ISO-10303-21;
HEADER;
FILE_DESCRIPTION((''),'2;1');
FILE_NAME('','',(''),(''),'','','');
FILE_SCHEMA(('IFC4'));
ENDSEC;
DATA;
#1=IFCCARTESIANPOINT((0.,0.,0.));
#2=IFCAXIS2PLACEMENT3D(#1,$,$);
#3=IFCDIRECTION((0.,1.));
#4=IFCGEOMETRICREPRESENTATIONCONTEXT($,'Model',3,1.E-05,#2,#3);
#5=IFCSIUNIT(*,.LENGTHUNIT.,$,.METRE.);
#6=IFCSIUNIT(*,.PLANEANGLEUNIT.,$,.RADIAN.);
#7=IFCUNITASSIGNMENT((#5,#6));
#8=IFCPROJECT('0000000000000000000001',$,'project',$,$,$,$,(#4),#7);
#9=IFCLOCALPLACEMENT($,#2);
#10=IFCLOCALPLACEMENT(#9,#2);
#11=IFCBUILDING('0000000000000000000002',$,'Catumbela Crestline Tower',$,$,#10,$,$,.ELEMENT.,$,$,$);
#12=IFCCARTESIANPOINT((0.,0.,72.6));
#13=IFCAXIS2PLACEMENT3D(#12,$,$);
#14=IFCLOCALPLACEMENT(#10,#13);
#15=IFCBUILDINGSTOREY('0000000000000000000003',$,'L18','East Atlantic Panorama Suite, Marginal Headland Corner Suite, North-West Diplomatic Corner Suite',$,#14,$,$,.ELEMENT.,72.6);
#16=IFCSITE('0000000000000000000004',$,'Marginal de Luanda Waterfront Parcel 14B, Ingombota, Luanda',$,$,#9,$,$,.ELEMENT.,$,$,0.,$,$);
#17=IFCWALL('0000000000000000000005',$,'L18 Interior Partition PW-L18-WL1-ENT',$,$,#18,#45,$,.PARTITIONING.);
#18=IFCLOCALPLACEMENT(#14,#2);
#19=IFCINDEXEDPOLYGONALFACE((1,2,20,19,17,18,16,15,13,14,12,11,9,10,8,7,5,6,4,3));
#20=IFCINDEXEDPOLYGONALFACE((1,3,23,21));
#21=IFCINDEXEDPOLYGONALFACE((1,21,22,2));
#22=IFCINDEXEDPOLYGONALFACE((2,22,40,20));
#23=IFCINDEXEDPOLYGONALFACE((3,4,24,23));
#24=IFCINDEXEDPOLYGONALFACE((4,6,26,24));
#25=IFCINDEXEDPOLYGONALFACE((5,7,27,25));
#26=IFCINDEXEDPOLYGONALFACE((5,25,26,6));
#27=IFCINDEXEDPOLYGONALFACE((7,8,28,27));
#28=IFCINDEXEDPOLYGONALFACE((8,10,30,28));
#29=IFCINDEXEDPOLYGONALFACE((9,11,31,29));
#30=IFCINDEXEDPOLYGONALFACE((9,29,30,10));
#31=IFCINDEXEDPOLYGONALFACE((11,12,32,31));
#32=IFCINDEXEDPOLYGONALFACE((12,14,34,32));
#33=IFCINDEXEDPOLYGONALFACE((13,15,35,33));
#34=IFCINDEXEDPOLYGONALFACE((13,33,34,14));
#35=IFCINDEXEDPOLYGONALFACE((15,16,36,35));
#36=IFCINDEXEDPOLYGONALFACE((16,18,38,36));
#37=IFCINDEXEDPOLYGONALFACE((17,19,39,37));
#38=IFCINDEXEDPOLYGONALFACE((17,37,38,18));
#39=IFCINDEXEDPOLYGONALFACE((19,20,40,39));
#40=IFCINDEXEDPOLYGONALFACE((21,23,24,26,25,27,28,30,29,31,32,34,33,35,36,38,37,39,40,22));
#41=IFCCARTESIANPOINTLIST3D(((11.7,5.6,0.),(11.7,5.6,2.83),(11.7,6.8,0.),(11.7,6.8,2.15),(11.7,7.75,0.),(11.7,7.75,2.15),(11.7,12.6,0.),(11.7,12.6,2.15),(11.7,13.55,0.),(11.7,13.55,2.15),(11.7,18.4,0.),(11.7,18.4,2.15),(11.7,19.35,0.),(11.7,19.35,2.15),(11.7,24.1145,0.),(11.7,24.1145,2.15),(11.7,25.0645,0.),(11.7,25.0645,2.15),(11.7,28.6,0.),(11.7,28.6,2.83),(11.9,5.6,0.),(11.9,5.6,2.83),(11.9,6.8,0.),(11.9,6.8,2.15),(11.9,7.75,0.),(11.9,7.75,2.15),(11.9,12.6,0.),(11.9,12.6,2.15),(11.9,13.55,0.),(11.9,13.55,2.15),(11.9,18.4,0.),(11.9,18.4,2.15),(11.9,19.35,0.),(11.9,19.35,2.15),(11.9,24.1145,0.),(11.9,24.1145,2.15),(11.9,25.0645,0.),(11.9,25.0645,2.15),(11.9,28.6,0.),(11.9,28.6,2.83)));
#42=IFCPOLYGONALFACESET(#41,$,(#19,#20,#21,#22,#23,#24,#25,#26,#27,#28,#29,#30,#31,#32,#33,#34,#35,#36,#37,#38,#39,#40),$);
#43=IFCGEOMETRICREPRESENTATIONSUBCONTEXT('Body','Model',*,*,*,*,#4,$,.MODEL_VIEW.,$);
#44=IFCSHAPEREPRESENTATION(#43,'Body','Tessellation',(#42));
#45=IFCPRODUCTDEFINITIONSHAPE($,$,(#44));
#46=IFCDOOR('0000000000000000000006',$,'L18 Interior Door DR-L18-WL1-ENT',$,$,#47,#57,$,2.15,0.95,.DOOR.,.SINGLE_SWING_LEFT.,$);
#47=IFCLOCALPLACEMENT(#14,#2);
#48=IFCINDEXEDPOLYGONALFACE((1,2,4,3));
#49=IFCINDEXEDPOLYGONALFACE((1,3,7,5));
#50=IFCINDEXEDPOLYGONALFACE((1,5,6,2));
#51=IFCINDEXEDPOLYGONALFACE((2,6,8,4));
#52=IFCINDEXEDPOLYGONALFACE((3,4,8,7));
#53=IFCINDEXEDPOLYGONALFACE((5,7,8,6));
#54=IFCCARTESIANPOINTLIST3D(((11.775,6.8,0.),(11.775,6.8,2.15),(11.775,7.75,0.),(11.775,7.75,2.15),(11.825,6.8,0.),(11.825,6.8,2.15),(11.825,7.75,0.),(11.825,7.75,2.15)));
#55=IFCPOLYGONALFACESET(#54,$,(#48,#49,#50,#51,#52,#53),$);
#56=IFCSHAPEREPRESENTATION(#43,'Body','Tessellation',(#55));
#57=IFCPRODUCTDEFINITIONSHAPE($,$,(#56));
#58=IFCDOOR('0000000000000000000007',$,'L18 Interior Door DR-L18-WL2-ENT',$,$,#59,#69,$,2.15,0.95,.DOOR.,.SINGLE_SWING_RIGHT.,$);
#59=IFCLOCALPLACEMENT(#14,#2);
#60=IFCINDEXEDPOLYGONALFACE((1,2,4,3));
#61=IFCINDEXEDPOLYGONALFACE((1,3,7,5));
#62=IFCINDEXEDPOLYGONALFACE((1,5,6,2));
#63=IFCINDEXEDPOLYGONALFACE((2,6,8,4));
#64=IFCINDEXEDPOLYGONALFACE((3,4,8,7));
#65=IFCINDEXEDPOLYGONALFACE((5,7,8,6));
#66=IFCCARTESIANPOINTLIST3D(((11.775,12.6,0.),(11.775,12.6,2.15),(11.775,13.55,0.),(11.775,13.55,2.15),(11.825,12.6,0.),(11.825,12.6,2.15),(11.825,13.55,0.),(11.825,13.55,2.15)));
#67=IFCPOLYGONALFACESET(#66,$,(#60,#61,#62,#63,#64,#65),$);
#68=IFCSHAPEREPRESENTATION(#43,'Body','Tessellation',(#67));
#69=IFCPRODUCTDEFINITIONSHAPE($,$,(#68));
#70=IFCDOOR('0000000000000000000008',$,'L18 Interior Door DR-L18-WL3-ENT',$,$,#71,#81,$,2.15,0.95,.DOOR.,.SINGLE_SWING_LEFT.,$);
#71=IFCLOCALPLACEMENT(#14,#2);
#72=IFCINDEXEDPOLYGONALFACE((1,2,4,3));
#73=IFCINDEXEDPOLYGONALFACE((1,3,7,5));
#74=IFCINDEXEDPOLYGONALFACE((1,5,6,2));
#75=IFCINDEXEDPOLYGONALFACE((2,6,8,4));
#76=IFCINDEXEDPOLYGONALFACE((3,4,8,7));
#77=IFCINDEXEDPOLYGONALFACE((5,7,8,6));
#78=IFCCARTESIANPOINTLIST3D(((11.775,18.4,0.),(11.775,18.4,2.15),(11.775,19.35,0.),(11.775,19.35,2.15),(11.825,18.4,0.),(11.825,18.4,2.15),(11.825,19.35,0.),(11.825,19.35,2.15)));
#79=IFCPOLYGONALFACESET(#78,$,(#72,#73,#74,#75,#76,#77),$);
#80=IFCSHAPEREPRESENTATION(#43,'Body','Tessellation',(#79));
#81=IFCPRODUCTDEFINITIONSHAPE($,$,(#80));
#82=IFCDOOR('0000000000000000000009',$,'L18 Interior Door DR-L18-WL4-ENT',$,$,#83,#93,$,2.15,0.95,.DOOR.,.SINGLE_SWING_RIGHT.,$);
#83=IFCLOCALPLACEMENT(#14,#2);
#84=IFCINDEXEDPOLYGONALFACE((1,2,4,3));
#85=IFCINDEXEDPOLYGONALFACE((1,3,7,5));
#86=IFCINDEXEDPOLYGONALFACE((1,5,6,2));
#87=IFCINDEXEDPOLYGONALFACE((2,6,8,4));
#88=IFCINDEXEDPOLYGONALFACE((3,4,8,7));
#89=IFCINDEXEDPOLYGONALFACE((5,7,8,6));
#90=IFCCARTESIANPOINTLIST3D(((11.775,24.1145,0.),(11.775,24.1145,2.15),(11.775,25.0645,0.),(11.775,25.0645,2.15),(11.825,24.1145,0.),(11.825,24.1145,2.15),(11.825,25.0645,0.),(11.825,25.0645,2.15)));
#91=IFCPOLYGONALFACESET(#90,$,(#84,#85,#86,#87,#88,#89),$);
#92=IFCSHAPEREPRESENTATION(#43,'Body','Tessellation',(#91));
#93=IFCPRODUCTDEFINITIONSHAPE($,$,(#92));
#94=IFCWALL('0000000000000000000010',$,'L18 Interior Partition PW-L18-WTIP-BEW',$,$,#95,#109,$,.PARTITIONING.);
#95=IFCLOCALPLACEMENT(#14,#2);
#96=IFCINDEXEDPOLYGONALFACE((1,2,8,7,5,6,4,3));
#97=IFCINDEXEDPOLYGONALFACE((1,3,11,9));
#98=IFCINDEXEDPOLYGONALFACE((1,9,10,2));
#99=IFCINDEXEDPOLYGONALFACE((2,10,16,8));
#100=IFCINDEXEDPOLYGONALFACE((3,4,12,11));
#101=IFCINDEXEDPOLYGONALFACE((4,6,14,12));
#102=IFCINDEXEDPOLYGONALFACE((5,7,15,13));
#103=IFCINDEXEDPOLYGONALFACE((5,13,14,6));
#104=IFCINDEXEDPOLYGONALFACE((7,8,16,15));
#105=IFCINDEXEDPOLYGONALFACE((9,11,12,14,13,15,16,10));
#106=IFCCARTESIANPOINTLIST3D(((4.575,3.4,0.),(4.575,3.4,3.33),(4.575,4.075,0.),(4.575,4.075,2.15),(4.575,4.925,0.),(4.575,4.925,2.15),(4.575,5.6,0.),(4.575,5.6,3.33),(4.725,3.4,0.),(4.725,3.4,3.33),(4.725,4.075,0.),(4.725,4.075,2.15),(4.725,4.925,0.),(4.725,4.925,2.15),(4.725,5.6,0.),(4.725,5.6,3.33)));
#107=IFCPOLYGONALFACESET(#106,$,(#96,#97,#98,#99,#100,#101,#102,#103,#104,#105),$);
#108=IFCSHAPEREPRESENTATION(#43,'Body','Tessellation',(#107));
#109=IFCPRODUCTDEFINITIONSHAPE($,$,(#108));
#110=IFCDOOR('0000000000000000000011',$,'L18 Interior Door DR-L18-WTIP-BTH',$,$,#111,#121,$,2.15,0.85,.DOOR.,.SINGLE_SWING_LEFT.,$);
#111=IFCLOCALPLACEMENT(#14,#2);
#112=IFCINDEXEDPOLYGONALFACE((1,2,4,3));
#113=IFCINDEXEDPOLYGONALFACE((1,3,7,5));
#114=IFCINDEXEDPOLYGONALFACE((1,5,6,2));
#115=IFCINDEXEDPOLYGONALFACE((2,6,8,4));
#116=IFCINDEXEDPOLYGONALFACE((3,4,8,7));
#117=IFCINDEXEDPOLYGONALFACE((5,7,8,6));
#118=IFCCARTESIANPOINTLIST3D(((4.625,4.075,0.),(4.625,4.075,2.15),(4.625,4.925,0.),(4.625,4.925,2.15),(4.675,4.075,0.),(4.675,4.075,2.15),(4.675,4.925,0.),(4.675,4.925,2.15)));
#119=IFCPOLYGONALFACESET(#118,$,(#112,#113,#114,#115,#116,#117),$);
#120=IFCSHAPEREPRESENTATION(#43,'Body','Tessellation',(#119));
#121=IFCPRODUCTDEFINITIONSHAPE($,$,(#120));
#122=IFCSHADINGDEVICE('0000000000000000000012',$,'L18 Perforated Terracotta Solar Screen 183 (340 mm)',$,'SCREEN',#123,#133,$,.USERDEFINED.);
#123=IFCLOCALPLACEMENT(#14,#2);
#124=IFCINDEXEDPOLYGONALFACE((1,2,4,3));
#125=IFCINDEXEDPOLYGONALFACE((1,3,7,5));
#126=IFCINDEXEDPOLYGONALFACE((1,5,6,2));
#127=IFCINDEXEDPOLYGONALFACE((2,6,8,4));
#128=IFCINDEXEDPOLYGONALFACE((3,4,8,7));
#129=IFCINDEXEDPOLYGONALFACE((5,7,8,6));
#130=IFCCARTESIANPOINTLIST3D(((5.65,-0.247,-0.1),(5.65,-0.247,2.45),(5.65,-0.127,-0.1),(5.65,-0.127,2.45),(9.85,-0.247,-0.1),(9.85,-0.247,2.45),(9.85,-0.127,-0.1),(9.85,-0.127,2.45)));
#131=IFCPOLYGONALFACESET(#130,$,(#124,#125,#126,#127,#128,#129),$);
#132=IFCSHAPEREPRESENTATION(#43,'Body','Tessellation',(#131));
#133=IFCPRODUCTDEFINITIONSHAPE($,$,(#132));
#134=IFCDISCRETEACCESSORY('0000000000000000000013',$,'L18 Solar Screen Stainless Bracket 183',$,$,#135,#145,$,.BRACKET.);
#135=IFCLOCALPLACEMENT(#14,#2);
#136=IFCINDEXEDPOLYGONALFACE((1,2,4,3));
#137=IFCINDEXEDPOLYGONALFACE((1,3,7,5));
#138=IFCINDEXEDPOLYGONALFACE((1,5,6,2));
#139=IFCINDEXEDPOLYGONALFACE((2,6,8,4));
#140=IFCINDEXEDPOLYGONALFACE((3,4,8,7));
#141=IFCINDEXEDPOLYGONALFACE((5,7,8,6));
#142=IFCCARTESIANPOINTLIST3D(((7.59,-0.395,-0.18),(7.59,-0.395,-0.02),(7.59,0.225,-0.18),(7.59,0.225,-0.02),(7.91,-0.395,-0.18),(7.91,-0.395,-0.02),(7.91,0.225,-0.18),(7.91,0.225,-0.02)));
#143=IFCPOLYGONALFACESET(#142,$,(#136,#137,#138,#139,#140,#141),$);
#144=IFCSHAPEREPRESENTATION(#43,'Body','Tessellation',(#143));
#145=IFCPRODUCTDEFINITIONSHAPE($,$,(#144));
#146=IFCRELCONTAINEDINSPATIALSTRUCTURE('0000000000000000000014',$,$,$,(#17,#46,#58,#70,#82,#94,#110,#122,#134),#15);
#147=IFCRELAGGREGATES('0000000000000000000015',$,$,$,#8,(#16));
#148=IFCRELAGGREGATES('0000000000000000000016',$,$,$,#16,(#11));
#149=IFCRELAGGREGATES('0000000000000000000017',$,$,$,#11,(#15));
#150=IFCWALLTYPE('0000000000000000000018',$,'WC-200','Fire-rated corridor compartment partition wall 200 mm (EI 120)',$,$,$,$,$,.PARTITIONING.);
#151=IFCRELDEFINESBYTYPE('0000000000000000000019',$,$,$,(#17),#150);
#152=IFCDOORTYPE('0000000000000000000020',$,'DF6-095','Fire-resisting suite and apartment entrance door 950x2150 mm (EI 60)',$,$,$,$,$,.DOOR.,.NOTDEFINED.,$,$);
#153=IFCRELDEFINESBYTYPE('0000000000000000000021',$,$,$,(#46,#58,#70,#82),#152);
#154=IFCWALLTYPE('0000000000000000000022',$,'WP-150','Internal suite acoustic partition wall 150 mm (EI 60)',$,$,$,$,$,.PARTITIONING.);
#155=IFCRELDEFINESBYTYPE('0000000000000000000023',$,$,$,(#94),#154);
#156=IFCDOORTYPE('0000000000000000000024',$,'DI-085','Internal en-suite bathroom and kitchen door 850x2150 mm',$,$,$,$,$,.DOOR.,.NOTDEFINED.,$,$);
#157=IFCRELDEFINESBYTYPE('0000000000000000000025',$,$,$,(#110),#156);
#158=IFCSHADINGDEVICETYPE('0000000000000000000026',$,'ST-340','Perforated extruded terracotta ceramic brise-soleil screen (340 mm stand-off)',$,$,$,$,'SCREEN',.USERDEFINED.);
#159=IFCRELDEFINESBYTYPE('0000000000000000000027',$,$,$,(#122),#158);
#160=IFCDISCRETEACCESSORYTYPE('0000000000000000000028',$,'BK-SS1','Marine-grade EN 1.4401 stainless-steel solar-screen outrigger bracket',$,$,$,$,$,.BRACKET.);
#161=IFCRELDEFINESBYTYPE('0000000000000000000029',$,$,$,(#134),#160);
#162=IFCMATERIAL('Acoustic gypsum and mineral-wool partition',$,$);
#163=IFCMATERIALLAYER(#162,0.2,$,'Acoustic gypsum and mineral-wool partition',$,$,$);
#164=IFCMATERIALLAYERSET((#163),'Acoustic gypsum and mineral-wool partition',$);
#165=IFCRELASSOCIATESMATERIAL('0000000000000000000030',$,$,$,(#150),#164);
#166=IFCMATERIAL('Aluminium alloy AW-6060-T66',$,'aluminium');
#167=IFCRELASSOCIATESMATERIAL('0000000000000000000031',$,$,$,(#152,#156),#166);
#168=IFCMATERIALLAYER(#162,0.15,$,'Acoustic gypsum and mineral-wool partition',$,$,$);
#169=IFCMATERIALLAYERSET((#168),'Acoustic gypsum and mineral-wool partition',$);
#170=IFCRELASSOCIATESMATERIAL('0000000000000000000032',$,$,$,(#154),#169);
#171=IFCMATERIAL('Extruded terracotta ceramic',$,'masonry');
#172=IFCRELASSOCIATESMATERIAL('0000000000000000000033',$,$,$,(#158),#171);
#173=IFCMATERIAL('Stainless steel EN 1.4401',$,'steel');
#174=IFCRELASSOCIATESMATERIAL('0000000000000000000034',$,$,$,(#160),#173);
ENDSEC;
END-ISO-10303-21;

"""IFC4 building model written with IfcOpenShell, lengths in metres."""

from ifc_helpers import new_model, si_unit, direction, frame, frame_2d, origin, origin_2d, place, context, subcontext, project, spatial, rectangle, extrude, material, layer, layer_set, type_object, element, fill, save


model = new_model("IFC4")

# Units and contexts
model_context = context("Model", 3, precision=1e-05, world=origin(), true_north=direction((0.0, 1.0)))
body_context = subcontext(model_context, "Body", "Model", "MODEL_VIEW")
ifc_project = project(units=[si_unit("LENGTHUNIT", "METRE"), si_unit("PLANEANGLEUNIT", "RADIAN")], contexts=[model_context])

# Site, building, storey
site_placement = place(None, origin())
site = spatial("IfcSite", under=ifc_project, at=site_placement, Name="Marginal de Luanda Waterfront Parcel 14B, Ingombota, Luanda", CompositionType="ELEMENT", RefElevation=0.0)
building_placement = place(site_placement, origin())
building = spatial("IfcBuilding", under=site, at=building_placement, Name="Catumbela Crestline Tower", CompositionType="ELEMENT")
storey_placement = place(building_placement, frame((0.0, 0.0, 72.6)))
storey = spatial("IfcBuildingStorey", under=building, at=storey_placement, Name="L18", Description="East Atlantic Panorama Suite, Marginal Headland Corner Suite, North-West Diplomatic Corner Suite", CompositionType="ELEMENT", Elevation=72.6)

# Shared definitions
ifc_material_1 = material(Name="Aluminium alloy AW-6060-T66", Category="aluminium")

# Shared definitions
ifc_material_2 = material(Name="Acoustic gypsum and mineral-wool partition")
ifc_layer_1 = layer(ifc_material_2, 0.2, Name="Acoustic gypsum and mineral-wool partition")
ifc_layer_set_1 = layer_set([ifc_layer_1], Name="Acoustic gypsum and mineral-wool partition")
wall_type_1 = type_object("IfcWallType", Name="WC-200", Description="Fire-rated corridor compartment partition wall 200 mm (EI 120)", PredefinedType="PARTITIONING", material=ifc_layer_set_1)
door_type_1 = type_object("IfcDoorType", Name="DF6-095", Description="Fire-resisting suite and apartment entrance door 950x2150 mm (EI 60)", OperationType="NOTDEFINED", PredefinedType="DOOR", material=ifc_material_1)

# Wall, openings, doors
wall_1_placement = place(storey_placement, frame((11.8, 5.6, 0.0), z_axis=(0.0, 0.0, 1.0), x_axis=(0.0, 1.0, 0.0)))
wall_1 = element("IfcWall", 1, at=wall_1_placement, inside=storey, type_object=wall_type_1, Name="L18 Interior Partition PW-L18-WL1-ENT", PredefinedType="PARTITIONING", context=body_context, shape_type="SweptSolid", body=[
    extrude(rectangle(XDim=23.0, YDim=0.2, at=frame_2d((11.5, 0.0))), origin(), (0.0, 0.0, 1.0), 2.83),
])
opening_1_placement = place(wall_1_placement, frame((1.2, 0.0, 0.0)))
opening_1 = element("IfcOpeningElement", 2, at=opening_1_placement, cuts=wall_1, PredefinedType="OPENING", context=body_context, shape_type="SweptSolid", body=[
    extrude(rectangle(XDim=0.95, YDim=2.15, at=frame_2d((0.475, 1.075))), frame((0.0, 0.11, 0.0), z_axis=(0.0, -1.0, 0.0), x_axis=(1.0, 0.0, 0.0)), (0.0, 0.0, 1.0), 0.22),
])
opening_2_placement = place(wall_1_placement, frame((7.0, 0.0, 0.0)))
opening_2 = element("IfcOpeningElement", 3, at=opening_2_placement, cuts=wall_1, PredefinedType="OPENING", context=body_context, shape_type="SweptSolid", body=[
    extrude(rectangle(XDim=0.95, YDim=2.15, at=frame_2d((0.475, 1.075))), frame((0.0, 0.11, 0.0), z_axis=(0.0, -1.0, 0.0), x_axis=(1.0, 0.0, 0.0)), (0.0, 0.0, 1.0), 0.22),
])
opening_3_placement = place(wall_1_placement, frame((12.8, 0.0, 0.0)))
opening_3 = element("IfcOpeningElement", 4, at=opening_3_placement, cuts=wall_1, PredefinedType="OPENING", context=body_context, shape_type="SweptSolid", body=[
    extrude(rectangle(XDim=0.95, YDim=2.15, at=frame_2d((0.475, 1.075))), frame((0.0, 0.11, 0.0), z_axis=(0.0, -1.0, 0.0), x_axis=(1.0, 0.0, 0.0)), (0.0, 0.0, 1.0), 0.22),
])
opening_4_placement = place(wall_1_placement, frame((18.5145, 0.0, 0.0)))
opening_4 = element("IfcOpeningElement", 5, at=opening_4_placement, cuts=wall_1, PredefinedType="OPENING", context=body_context, shape_type="SweptSolid", body=[
    extrude(rectangle(XDim=0.95, YDim=2.15, at=frame_2d((0.475, 1.075))), frame((0.0, 0.11, 0.0), z_axis=(0.0, -1.0, 0.0), x_axis=(1.0, 0.0, 0.0)), (0.0, 0.0, 1.0), 0.22),
])
door_1_placement = place(opening_1_placement, origin())
door_1 = element("IfcDoor", 6, at=door_1_placement, inside=storey, type_object=door_type_1, Name="L18 Interior Door DR-L18-WL1-ENT", OperationType="SINGLE_SWING_LEFT", OverallHeight=2.15, OverallWidth=0.95, PredefinedType="DOOR", context=body_context, shape_type="SweptSolid", body=[
    extrude(rectangle(XDim=0.95, YDim=2.15, at=frame_2d((0.475, 1.075))), frame((0.0, 0.025, 0.0), z_axis=(0.0, -1.0, 0.0), x_axis=(1.0, 0.0, 0.0)), (0.0, 0.0, 1.0), 0.05),
])
fill(opening_1, door_1)
door_2_placement = place(opening_2_placement, origin())
door_2 = element("IfcDoor", 7, at=door_2_placement, inside=storey, type_object=door_type_1, Name="L18 Interior Door DR-L18-WL2-ENT", OperationType="SINGLE_SWING_RIGHT", OverallHeight=2.15, OverallWidth=0.95, PredefinedType="DOOR", context=body_context, shape_type="SweptSolid", body=[
    extrude(rectangle(XDim=0.95, YDim=2.15, at=frame_2d((0.475, 1.075))), frame((0.0, 0.025, 0.0), z_axis=(0.0, -1.0, 0.0), x_axis=(1.0, 0.0, 0.0)), (0.0, 0.0, 1.0), 0.05),
])
fill(opening_2, door_2)
door_3_placement = place(opening_3_placement, origin())
door_3 = element("IfcDoor", 8, at=door_3_placement, inside=storey, type_object=door_type_1, Name="L18 Interior Door DR-L18-WL3-ENT", OperationType="SINGLE_SWING_LEFT", OverallHeight=2.15, OverallWidth=0.95, PredefinedType="DOOR", context=body_context, shape_type="SweptSolid", body=[
    extrude(rectangle(XDim=0.95, YDim=2.15, at=frame_2d((0.475, 1.075))), frame((0.0, 0.025, 0.0), z_axis=(0.0, -1.0, 0.0), x_axis=(1.0, 0.0, 0.0)), (0.0, 0.0, 1.0), 0.05),
])
fill(opening_3, door_3)
door_4_placement = place(opening_4_placement, origin())
door_4 = element("IfcDoor", 9, at=door_4_placement, inside=storey, type_object=door_type_1, Name="L18 Interior Door DR-L18-WL4-ENT", OperationType="SINGLE_SWING_RIGHT", OverallHeight=2.15, OverallWidth=0.95, PredefinedType="DOOR", context=body_context, shape_type="SweptSolid", body=[
    extrude(rectangle(XDim=0.95, YDim=2.15, at=frame_2d((0.475, 1.075))), frame((0.0, 0.025, 0.0), z_axis=(0.0, -1.0, 0.0), x_axis=(1.0, 0.0, 0.0)), (0.0, 0.0, 1.0), 0.05),
])
fill(opening_4, door_4)

# Wall, opening, door
ifc_layer_2 = layer(ifc_material_2, 0.15, Name="Acoustic gypsum and mineral-wool partition")
ifc_layer_set_2 = layer_set([ifc_layer_2], Name="Acoustic gypsum and mineral-wool partition")
wall_type_2 = type_object("IfcWallType", Name="WP-150", Description="Internal suite acoustic partition wall 150 mm (EI 60)", PredefinedType="PARTITIONING", material=ifc_layer_set_2)
wall_2_placement = place(storey_placement, frame((4.65, 3.4, 0.0), z_axis=(0.0, 0.0, 1.0), x_axis=(0.0, 1.0, 0.0)))
wall_2 = element("IfcWall", 10, at=wall_2_placement, inside=storey, type_object=wall_type_2, Name="L18 Interior Partition PW-L18-WTIP-BEW", PredefinedType="PARTITIONING", context=body_context, shape_type="SweptSolid", body=[
    extrude(rectangle(XDim=2.2, YDim=0.15, at=frame_2d((1.1, 0.0))), origin(), (0.0, 0.0, 1.0), 3.33),
])
opening_5_placement = place(wall_2_placement, frame((0.675, 0.0, 0.0)))
opening_5 = element("IfcOpeningElement", 11, at=opening_5_placement, cuts=wall_2, PredefinedType="OPENING", context=body_context, shape_type="SweptSolid", body=[
    extrude(rectangle(XDim=0.85, YDim=2.15, at=frame_2d((0.425, 1.075))), frame((0.0, 0.085, 0.0), z_axis=(0.0, -1.0, 0.0), x_axis=(1.0, 0.0, 0.0)), (0.0, 0.0, 1.0), 0.17),
])
door_type_2 = type_object("IfcDoorType", Name="DI-085", Description="Internal en-suite bathroom and kitchen door 850x2150 mm", OperationType="NOTDEFINED", PredefinedType="DOOR", material=ifc_material_1)
door_5_placement = place(opening_5_placement, origin())
door_5 = element("IfcDoor", 12, at=door_5_placement, inside=storey, type_object=door_type_2, Name="L18 Interior Door DR-L18-WTIP-BTH", OperationType="SINGLE_SWING_LEFT", OverallHeight=2.15, OverallWidth=0.85, PredefinedType="DOOR", context=body_context, shape_type="SweptSolid", body=[
    extrude(rectangle(XDim=0.85, YDim=2.15, at=frame_2d((0.425, 1.075))), frame((0.0, 0.025, 0.0), z_axis=(0.0, -1.0, 0.0), x_axis=(1.0, 0.0, 0.0)), (0.0, 0.0, 1.0), 0.05),
])
fill(opening_5, door_5)

# Shading device
ifc_material_3 = material(Name="Extruded terracotta ceramic", Category="masonry")
shading_device_type = type_object("IfcShadingDeviceType", Name="ST-340", Description="Perforated extruded terracotta ceramic brise-soleil screen (340 mm stand-off)", ElementType="SCREEN", PredefinedType="USERDEFINED", material=ifc_material_3)
shading_device_placement = place(storey_placement, frame((7.75, -0.187, -0.1), z_axis=(0.0, 0.0, 1.0), x_axis=(1.0, 0.0, 0.0)))
element("IfcShadingDevice", 13, at=shading_device_placement, inside=storey, type_object=shading_device_type, Name="L18 Perforated Terracotta Solar Screen 183 (340 mm)", ObjectType="SCREEN", PredefinedType="USERDEFINED", context=body_context, shape_type="SweptSolid", body=[
    extrude(rectangle(XDim=4.2, YDim=0.12, at=origin_2d()), origin(), (0.0, 0.0, 1.0), 2.55),
])

# Discrete accessory
ifc_material_4 = material(Name="Stainless steel EN 1.4401", Category="steel")
discrete_accessory_type = type_object("IfcDiscreteAccessoryType", Name="BK-SS1", Description="Marine-grade EN 1.4401 stainless-steel solar-screen outrigger bracket", PredefinedType="BRACKET", material=ifc_material_4)
discrete_accessory_placement = place(storey_placement, frame((7.75, -0.085, -0.18), z_axis=(0.0, 0.0, 1.0), x_axis=(1.0, 0.0, 0.0)))
element("IfcDiscreteAccessory", 14, at=discrete_accessory_placement, inside=storey, type_object=discrete_accessory_type, Name="L18 Solar Screen Stainless Bracket 183", PredefinedType="BRACKET", context=body_context, shape_type="SweptSolid", body=[
    extrude(rectangle(XDim=0.32, YDim=0.62, at=origin_2d()), origin(), (0.0, 0.0, 1.0), 0.16),
])

save(model, "model.ifc")
